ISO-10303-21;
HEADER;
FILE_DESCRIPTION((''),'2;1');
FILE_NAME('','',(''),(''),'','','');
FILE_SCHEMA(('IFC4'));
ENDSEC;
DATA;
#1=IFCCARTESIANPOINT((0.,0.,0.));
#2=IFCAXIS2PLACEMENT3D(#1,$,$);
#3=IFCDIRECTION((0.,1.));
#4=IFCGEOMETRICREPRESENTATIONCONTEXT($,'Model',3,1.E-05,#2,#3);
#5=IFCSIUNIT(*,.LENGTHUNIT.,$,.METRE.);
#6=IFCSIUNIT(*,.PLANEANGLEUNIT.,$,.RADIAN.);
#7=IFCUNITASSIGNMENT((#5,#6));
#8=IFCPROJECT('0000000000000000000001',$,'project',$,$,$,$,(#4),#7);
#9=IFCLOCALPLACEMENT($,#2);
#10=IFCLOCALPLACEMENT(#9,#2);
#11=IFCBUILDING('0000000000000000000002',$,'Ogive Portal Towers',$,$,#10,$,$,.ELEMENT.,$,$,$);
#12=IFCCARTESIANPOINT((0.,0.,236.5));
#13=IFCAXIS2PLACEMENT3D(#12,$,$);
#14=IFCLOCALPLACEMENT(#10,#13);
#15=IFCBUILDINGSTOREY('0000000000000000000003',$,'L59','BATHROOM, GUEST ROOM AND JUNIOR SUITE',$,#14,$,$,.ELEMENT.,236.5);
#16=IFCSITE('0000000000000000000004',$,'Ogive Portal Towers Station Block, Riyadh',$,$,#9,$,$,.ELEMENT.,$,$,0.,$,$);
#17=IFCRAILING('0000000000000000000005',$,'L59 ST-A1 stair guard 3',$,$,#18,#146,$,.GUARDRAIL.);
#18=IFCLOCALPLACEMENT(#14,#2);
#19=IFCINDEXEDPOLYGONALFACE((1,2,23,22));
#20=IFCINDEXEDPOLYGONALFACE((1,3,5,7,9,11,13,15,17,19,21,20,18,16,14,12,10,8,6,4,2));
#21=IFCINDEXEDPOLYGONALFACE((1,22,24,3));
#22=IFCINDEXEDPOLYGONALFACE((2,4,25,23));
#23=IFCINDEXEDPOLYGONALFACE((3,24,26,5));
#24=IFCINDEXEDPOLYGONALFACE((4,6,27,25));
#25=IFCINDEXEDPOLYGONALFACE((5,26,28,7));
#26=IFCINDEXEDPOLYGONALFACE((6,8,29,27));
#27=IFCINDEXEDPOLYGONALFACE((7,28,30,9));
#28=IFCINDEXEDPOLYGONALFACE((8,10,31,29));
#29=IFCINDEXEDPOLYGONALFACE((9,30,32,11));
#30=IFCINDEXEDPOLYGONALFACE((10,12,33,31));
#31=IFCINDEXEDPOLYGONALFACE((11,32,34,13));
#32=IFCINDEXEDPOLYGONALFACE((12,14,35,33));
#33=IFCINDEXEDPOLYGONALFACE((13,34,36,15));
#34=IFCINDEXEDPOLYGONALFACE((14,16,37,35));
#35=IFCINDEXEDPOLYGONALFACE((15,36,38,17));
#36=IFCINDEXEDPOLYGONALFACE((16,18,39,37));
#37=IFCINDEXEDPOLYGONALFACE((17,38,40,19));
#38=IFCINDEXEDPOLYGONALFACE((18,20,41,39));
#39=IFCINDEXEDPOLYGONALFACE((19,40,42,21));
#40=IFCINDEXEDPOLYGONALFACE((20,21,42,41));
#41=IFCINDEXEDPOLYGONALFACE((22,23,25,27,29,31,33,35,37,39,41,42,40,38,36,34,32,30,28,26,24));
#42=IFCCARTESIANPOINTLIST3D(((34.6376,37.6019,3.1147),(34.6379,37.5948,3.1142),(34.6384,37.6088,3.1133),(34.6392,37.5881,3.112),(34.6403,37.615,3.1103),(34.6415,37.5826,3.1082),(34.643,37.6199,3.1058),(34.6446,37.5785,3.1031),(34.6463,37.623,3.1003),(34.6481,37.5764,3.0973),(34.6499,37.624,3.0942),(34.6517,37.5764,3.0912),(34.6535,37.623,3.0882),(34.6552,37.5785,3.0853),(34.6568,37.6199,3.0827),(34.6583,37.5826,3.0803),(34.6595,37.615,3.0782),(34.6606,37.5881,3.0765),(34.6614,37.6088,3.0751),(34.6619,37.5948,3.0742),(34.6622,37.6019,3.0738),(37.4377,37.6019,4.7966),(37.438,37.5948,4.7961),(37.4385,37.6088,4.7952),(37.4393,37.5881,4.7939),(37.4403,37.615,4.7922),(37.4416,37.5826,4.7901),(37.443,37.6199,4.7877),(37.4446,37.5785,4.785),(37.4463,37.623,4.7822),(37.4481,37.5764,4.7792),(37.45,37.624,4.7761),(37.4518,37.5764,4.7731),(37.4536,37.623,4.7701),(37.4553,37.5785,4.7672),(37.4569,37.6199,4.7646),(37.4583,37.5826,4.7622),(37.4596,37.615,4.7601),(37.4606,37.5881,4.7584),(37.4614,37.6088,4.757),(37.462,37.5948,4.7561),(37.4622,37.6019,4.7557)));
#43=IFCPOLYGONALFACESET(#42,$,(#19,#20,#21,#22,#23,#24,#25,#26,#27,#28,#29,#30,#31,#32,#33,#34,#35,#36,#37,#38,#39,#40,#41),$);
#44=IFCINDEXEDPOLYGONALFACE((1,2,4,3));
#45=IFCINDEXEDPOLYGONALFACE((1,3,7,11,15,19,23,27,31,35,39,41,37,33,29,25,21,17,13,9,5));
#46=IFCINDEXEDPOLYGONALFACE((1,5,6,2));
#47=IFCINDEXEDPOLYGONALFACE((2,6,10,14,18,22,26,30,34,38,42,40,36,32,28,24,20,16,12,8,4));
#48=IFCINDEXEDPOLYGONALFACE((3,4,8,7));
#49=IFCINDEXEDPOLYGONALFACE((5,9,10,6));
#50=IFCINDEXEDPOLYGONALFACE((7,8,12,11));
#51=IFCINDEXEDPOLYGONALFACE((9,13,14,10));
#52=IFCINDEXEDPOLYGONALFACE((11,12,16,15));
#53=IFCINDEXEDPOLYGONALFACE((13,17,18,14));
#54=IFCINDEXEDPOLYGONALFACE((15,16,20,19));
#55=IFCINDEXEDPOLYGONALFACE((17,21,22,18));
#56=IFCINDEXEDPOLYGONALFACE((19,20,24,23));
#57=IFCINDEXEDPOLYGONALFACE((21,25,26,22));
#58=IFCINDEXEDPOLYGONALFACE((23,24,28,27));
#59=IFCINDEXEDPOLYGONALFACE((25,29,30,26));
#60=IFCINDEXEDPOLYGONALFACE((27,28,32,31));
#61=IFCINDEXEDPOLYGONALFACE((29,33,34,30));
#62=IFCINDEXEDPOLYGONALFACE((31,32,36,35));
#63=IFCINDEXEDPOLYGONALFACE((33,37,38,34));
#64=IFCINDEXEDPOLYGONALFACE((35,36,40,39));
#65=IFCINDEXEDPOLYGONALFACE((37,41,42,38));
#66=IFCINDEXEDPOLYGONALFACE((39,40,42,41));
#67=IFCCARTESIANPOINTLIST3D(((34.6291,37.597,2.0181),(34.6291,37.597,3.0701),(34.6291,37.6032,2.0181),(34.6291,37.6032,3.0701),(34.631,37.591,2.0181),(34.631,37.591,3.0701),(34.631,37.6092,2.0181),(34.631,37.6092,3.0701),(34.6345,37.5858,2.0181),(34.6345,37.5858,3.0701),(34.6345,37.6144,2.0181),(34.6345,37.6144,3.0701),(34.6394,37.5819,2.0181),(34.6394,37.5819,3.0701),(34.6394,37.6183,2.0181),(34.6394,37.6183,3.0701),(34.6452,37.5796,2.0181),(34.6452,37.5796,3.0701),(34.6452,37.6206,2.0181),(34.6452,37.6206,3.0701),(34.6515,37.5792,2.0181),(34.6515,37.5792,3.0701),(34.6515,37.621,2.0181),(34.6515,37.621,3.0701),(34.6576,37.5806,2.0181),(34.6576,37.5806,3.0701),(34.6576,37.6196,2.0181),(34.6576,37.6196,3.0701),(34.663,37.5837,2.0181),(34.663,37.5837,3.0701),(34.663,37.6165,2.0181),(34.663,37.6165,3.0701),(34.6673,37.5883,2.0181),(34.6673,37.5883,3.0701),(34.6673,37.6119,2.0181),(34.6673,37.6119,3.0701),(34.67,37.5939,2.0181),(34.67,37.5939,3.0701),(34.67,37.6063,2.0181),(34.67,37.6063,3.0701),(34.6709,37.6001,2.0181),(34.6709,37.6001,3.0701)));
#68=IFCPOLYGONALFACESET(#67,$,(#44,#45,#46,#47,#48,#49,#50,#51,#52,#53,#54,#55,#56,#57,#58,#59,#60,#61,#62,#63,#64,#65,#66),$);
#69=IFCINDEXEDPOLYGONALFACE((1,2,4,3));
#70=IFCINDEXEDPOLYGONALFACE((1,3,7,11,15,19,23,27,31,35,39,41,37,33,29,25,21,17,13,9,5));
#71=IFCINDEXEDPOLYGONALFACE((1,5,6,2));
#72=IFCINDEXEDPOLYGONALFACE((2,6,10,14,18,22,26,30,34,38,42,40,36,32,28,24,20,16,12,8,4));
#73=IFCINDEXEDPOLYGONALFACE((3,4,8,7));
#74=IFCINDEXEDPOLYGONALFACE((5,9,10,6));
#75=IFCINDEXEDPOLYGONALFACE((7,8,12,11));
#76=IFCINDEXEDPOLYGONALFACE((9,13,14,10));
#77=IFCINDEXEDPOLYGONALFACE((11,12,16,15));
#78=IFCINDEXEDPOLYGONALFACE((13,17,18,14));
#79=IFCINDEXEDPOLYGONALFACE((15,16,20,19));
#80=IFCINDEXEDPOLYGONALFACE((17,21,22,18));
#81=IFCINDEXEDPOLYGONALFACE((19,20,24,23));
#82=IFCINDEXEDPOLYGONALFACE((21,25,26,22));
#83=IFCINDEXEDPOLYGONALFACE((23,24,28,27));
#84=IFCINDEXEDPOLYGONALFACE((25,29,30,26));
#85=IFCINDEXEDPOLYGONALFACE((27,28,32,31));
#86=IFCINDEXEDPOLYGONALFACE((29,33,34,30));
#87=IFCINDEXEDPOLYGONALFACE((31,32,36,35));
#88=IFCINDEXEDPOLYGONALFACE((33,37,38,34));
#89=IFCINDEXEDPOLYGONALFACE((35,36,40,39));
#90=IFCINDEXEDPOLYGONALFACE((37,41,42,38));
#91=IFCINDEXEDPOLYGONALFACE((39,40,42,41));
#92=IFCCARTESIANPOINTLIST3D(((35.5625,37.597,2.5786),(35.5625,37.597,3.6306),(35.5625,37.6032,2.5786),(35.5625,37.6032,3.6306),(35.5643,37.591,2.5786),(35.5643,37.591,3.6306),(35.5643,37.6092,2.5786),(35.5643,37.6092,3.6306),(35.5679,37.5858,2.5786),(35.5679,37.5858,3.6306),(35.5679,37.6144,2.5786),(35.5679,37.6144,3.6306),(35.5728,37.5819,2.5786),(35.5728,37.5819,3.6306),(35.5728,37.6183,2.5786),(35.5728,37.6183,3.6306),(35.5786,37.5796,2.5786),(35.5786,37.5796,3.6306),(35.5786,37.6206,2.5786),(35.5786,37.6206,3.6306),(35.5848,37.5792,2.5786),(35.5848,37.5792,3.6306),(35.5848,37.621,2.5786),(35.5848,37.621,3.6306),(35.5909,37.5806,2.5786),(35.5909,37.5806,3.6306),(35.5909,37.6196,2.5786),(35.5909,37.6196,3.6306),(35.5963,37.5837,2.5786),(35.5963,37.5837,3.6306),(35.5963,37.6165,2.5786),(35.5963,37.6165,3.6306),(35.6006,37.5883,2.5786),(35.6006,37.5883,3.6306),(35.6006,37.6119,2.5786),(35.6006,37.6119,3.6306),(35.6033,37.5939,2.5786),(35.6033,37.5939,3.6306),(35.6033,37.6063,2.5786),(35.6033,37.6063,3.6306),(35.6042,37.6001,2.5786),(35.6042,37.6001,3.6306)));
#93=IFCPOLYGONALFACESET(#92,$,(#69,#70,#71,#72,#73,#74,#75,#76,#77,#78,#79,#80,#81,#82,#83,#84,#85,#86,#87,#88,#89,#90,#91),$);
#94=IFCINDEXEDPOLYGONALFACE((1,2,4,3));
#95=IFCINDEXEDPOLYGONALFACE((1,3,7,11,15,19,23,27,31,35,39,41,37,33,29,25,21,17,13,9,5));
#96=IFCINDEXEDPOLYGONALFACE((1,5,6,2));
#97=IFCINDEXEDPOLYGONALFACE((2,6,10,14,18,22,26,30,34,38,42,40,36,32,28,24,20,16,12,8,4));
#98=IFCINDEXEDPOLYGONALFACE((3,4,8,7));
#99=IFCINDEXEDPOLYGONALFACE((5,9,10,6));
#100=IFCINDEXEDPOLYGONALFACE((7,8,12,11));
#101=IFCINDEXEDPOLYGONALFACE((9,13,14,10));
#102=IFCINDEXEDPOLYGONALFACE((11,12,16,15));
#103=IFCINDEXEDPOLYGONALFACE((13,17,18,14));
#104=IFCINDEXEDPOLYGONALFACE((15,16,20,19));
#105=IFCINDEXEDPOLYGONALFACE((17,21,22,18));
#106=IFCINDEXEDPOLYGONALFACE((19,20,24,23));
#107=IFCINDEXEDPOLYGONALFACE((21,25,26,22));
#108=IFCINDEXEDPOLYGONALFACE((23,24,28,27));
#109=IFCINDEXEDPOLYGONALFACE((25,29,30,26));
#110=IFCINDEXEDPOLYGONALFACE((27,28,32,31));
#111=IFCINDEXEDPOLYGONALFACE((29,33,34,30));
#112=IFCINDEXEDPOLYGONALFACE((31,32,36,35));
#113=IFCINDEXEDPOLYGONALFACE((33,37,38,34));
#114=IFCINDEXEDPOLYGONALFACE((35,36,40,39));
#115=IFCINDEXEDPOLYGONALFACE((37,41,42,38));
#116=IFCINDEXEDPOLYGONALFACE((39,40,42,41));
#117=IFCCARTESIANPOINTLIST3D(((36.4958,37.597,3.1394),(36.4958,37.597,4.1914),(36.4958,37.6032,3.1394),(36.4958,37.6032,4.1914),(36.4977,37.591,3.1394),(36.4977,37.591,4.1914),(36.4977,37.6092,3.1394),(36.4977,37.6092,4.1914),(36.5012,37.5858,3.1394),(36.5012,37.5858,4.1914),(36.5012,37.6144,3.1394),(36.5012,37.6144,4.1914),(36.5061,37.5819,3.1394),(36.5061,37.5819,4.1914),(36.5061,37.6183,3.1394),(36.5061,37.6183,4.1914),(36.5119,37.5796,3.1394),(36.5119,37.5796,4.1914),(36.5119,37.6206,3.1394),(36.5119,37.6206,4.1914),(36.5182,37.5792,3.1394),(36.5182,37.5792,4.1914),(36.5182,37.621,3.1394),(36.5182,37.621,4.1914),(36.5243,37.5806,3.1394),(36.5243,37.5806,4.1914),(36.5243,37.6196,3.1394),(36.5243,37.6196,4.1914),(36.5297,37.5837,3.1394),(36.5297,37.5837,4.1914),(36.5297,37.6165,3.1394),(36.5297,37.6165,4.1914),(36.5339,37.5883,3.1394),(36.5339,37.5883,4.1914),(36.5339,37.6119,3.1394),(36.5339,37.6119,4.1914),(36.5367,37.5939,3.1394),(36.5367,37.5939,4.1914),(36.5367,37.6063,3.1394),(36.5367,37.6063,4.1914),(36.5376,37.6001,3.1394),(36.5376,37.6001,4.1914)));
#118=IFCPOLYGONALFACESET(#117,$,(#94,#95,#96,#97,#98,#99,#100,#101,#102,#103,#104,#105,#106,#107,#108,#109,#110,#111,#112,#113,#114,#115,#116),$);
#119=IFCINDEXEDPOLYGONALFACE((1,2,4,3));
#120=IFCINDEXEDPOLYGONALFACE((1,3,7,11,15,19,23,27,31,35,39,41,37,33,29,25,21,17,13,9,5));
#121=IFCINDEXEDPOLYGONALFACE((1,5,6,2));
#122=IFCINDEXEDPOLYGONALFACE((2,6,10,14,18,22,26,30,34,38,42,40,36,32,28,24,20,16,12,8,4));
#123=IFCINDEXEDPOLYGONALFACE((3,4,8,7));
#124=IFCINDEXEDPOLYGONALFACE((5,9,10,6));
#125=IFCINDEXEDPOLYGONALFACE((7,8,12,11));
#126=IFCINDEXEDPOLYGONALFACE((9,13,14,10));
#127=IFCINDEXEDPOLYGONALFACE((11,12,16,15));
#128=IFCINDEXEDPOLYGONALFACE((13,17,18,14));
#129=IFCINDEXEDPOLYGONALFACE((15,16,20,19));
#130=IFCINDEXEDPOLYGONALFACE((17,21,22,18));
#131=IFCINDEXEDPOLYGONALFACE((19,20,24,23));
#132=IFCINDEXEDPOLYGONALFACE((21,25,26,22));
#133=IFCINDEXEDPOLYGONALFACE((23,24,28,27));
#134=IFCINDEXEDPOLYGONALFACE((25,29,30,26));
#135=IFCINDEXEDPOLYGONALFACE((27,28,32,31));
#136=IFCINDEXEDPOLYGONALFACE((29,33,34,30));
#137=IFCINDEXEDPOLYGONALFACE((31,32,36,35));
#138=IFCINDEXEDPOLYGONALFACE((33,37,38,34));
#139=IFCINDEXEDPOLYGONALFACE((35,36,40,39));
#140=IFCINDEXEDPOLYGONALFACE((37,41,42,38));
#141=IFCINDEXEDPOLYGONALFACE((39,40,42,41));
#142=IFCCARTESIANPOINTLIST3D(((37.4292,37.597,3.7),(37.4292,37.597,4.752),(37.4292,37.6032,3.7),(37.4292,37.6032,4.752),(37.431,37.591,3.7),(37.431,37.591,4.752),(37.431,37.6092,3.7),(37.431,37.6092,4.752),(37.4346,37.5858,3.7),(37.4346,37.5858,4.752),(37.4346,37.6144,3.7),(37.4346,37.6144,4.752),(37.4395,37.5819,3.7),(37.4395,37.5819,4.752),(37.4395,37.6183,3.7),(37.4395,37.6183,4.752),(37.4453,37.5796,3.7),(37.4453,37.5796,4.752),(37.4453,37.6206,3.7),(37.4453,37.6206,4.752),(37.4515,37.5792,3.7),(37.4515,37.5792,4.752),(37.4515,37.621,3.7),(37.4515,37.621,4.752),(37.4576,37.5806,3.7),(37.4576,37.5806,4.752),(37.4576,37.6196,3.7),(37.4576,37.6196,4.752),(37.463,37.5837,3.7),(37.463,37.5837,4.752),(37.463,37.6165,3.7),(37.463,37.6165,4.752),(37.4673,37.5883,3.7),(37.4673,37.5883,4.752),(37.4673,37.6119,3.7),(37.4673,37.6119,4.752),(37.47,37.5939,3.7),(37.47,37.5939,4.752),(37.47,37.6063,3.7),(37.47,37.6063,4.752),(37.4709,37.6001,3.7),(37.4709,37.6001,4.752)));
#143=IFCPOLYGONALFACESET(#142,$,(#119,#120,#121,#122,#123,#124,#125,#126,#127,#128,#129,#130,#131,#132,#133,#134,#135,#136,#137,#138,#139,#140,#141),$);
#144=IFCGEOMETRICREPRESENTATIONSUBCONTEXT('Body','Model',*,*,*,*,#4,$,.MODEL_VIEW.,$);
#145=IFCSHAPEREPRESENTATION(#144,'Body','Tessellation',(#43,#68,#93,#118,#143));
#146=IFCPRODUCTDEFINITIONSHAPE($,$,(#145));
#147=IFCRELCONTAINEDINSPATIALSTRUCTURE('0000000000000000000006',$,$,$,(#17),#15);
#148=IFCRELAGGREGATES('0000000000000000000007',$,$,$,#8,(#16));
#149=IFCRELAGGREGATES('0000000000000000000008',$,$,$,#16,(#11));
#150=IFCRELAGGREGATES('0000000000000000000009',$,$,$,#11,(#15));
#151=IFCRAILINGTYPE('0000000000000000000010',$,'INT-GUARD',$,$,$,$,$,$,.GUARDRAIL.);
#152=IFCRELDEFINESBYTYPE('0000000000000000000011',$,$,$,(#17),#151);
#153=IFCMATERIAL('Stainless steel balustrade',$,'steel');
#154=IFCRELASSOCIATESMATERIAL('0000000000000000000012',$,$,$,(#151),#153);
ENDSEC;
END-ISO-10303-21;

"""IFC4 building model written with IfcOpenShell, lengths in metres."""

from ifc_helpers import new_model, si_unit, direction, frame, origin, origin_2d, place, context, subcontext, project, spatial, circle, extrude, material, type_object, element, save


model = new_model("IFC4")

# Units and contexts
model_context = context("Model", 3, precision=1e-05, world=origin(), true_north=direction((0.0, 1.0)))
body_context = subcontext(model_context, "Body", "Model", "MODEL_VIEW")
ifc_project = project(units=[si_unit("LENGTHUNIT", "METRE"), si_unit("PLANEANGLEUNIT", "RADIAN")], contexts=[model_context])

# Site, building, storey
site_placement = place(None, origin())
site = spatial("IfcSite", under=ifc_project, at=site_placement, Name="Ogive Portal Towers Station Block, Riyadh", CompositionType="ELEMENT", RefElevation=0.0)
building_placement = place(site_placement, origin())
building = spatial("IfcBuilding", under=site, at=building_placement, Name="Ogive Portal Towers", CompositionType="ELEMENT")
storey_placement = place(building_placement, frame((0.0, 0.0, 236.5)))
storey = spatial("IfcBuildingStorey", under=building, at=storey_placement, Name="L59", Description="BATHROOM, GUEST ROOM AND JUNIOR SUITE", CompositionType="ELEMENT", Elevation=236.5)

# Railing
ifc_material_1 = material(Name="Stainless steel balustrade", Category="steel")
railing_type_1 = type_object("IfcRailingType", Name="INT-GUARD", PredefinedType="GUARDRAIL", material=ifc_material_1)
railing_1_placement = place(storey_placement, frame((34.6499, 37.6001, 2.0181)))
element("IfcRailing", 1, at=railing_1_placement, inside=storey, type_object=railing_type_1, Name="L59 ST-A1 stair guard 3", PredefinedType="GUARDRAIL", context=body_context, shape_type="SweptSolid", body=[
    extrude(circle(Radius=0.0239, at=origin_2d()), frame((0.0, 0.0, 1.0762), z_axis=(0.857242, 0.0, 0.514913), x_axis=(0.0, 1.0, 0.0)), (0.0, 0.0, 1.0), 3.2664),
    extrude(circle(Radius=0.021, at=origin_2d()), origin(), (0.0, 0.0, 1.0), 1.052),
    extrude(circle(Radius=0.021, at=origin_2d()), frame((0.9333, 0.0, 0.5605)), (0.0, 0.0, 1.0), 1.052),
    extrude(circle(Radius=0.021, at=origin_2d()), frame((1.8667, 0.0, 1.1213)), (0.0, 0.0, 1.0), 1.052),
    extrude(circle(Radius=0.021, at=origin_2d()), frame((2.8, 0.0, 1.6819)), (0.0, 0.0, 1.0), 1.052),
])

save(model, "model.ifc")
